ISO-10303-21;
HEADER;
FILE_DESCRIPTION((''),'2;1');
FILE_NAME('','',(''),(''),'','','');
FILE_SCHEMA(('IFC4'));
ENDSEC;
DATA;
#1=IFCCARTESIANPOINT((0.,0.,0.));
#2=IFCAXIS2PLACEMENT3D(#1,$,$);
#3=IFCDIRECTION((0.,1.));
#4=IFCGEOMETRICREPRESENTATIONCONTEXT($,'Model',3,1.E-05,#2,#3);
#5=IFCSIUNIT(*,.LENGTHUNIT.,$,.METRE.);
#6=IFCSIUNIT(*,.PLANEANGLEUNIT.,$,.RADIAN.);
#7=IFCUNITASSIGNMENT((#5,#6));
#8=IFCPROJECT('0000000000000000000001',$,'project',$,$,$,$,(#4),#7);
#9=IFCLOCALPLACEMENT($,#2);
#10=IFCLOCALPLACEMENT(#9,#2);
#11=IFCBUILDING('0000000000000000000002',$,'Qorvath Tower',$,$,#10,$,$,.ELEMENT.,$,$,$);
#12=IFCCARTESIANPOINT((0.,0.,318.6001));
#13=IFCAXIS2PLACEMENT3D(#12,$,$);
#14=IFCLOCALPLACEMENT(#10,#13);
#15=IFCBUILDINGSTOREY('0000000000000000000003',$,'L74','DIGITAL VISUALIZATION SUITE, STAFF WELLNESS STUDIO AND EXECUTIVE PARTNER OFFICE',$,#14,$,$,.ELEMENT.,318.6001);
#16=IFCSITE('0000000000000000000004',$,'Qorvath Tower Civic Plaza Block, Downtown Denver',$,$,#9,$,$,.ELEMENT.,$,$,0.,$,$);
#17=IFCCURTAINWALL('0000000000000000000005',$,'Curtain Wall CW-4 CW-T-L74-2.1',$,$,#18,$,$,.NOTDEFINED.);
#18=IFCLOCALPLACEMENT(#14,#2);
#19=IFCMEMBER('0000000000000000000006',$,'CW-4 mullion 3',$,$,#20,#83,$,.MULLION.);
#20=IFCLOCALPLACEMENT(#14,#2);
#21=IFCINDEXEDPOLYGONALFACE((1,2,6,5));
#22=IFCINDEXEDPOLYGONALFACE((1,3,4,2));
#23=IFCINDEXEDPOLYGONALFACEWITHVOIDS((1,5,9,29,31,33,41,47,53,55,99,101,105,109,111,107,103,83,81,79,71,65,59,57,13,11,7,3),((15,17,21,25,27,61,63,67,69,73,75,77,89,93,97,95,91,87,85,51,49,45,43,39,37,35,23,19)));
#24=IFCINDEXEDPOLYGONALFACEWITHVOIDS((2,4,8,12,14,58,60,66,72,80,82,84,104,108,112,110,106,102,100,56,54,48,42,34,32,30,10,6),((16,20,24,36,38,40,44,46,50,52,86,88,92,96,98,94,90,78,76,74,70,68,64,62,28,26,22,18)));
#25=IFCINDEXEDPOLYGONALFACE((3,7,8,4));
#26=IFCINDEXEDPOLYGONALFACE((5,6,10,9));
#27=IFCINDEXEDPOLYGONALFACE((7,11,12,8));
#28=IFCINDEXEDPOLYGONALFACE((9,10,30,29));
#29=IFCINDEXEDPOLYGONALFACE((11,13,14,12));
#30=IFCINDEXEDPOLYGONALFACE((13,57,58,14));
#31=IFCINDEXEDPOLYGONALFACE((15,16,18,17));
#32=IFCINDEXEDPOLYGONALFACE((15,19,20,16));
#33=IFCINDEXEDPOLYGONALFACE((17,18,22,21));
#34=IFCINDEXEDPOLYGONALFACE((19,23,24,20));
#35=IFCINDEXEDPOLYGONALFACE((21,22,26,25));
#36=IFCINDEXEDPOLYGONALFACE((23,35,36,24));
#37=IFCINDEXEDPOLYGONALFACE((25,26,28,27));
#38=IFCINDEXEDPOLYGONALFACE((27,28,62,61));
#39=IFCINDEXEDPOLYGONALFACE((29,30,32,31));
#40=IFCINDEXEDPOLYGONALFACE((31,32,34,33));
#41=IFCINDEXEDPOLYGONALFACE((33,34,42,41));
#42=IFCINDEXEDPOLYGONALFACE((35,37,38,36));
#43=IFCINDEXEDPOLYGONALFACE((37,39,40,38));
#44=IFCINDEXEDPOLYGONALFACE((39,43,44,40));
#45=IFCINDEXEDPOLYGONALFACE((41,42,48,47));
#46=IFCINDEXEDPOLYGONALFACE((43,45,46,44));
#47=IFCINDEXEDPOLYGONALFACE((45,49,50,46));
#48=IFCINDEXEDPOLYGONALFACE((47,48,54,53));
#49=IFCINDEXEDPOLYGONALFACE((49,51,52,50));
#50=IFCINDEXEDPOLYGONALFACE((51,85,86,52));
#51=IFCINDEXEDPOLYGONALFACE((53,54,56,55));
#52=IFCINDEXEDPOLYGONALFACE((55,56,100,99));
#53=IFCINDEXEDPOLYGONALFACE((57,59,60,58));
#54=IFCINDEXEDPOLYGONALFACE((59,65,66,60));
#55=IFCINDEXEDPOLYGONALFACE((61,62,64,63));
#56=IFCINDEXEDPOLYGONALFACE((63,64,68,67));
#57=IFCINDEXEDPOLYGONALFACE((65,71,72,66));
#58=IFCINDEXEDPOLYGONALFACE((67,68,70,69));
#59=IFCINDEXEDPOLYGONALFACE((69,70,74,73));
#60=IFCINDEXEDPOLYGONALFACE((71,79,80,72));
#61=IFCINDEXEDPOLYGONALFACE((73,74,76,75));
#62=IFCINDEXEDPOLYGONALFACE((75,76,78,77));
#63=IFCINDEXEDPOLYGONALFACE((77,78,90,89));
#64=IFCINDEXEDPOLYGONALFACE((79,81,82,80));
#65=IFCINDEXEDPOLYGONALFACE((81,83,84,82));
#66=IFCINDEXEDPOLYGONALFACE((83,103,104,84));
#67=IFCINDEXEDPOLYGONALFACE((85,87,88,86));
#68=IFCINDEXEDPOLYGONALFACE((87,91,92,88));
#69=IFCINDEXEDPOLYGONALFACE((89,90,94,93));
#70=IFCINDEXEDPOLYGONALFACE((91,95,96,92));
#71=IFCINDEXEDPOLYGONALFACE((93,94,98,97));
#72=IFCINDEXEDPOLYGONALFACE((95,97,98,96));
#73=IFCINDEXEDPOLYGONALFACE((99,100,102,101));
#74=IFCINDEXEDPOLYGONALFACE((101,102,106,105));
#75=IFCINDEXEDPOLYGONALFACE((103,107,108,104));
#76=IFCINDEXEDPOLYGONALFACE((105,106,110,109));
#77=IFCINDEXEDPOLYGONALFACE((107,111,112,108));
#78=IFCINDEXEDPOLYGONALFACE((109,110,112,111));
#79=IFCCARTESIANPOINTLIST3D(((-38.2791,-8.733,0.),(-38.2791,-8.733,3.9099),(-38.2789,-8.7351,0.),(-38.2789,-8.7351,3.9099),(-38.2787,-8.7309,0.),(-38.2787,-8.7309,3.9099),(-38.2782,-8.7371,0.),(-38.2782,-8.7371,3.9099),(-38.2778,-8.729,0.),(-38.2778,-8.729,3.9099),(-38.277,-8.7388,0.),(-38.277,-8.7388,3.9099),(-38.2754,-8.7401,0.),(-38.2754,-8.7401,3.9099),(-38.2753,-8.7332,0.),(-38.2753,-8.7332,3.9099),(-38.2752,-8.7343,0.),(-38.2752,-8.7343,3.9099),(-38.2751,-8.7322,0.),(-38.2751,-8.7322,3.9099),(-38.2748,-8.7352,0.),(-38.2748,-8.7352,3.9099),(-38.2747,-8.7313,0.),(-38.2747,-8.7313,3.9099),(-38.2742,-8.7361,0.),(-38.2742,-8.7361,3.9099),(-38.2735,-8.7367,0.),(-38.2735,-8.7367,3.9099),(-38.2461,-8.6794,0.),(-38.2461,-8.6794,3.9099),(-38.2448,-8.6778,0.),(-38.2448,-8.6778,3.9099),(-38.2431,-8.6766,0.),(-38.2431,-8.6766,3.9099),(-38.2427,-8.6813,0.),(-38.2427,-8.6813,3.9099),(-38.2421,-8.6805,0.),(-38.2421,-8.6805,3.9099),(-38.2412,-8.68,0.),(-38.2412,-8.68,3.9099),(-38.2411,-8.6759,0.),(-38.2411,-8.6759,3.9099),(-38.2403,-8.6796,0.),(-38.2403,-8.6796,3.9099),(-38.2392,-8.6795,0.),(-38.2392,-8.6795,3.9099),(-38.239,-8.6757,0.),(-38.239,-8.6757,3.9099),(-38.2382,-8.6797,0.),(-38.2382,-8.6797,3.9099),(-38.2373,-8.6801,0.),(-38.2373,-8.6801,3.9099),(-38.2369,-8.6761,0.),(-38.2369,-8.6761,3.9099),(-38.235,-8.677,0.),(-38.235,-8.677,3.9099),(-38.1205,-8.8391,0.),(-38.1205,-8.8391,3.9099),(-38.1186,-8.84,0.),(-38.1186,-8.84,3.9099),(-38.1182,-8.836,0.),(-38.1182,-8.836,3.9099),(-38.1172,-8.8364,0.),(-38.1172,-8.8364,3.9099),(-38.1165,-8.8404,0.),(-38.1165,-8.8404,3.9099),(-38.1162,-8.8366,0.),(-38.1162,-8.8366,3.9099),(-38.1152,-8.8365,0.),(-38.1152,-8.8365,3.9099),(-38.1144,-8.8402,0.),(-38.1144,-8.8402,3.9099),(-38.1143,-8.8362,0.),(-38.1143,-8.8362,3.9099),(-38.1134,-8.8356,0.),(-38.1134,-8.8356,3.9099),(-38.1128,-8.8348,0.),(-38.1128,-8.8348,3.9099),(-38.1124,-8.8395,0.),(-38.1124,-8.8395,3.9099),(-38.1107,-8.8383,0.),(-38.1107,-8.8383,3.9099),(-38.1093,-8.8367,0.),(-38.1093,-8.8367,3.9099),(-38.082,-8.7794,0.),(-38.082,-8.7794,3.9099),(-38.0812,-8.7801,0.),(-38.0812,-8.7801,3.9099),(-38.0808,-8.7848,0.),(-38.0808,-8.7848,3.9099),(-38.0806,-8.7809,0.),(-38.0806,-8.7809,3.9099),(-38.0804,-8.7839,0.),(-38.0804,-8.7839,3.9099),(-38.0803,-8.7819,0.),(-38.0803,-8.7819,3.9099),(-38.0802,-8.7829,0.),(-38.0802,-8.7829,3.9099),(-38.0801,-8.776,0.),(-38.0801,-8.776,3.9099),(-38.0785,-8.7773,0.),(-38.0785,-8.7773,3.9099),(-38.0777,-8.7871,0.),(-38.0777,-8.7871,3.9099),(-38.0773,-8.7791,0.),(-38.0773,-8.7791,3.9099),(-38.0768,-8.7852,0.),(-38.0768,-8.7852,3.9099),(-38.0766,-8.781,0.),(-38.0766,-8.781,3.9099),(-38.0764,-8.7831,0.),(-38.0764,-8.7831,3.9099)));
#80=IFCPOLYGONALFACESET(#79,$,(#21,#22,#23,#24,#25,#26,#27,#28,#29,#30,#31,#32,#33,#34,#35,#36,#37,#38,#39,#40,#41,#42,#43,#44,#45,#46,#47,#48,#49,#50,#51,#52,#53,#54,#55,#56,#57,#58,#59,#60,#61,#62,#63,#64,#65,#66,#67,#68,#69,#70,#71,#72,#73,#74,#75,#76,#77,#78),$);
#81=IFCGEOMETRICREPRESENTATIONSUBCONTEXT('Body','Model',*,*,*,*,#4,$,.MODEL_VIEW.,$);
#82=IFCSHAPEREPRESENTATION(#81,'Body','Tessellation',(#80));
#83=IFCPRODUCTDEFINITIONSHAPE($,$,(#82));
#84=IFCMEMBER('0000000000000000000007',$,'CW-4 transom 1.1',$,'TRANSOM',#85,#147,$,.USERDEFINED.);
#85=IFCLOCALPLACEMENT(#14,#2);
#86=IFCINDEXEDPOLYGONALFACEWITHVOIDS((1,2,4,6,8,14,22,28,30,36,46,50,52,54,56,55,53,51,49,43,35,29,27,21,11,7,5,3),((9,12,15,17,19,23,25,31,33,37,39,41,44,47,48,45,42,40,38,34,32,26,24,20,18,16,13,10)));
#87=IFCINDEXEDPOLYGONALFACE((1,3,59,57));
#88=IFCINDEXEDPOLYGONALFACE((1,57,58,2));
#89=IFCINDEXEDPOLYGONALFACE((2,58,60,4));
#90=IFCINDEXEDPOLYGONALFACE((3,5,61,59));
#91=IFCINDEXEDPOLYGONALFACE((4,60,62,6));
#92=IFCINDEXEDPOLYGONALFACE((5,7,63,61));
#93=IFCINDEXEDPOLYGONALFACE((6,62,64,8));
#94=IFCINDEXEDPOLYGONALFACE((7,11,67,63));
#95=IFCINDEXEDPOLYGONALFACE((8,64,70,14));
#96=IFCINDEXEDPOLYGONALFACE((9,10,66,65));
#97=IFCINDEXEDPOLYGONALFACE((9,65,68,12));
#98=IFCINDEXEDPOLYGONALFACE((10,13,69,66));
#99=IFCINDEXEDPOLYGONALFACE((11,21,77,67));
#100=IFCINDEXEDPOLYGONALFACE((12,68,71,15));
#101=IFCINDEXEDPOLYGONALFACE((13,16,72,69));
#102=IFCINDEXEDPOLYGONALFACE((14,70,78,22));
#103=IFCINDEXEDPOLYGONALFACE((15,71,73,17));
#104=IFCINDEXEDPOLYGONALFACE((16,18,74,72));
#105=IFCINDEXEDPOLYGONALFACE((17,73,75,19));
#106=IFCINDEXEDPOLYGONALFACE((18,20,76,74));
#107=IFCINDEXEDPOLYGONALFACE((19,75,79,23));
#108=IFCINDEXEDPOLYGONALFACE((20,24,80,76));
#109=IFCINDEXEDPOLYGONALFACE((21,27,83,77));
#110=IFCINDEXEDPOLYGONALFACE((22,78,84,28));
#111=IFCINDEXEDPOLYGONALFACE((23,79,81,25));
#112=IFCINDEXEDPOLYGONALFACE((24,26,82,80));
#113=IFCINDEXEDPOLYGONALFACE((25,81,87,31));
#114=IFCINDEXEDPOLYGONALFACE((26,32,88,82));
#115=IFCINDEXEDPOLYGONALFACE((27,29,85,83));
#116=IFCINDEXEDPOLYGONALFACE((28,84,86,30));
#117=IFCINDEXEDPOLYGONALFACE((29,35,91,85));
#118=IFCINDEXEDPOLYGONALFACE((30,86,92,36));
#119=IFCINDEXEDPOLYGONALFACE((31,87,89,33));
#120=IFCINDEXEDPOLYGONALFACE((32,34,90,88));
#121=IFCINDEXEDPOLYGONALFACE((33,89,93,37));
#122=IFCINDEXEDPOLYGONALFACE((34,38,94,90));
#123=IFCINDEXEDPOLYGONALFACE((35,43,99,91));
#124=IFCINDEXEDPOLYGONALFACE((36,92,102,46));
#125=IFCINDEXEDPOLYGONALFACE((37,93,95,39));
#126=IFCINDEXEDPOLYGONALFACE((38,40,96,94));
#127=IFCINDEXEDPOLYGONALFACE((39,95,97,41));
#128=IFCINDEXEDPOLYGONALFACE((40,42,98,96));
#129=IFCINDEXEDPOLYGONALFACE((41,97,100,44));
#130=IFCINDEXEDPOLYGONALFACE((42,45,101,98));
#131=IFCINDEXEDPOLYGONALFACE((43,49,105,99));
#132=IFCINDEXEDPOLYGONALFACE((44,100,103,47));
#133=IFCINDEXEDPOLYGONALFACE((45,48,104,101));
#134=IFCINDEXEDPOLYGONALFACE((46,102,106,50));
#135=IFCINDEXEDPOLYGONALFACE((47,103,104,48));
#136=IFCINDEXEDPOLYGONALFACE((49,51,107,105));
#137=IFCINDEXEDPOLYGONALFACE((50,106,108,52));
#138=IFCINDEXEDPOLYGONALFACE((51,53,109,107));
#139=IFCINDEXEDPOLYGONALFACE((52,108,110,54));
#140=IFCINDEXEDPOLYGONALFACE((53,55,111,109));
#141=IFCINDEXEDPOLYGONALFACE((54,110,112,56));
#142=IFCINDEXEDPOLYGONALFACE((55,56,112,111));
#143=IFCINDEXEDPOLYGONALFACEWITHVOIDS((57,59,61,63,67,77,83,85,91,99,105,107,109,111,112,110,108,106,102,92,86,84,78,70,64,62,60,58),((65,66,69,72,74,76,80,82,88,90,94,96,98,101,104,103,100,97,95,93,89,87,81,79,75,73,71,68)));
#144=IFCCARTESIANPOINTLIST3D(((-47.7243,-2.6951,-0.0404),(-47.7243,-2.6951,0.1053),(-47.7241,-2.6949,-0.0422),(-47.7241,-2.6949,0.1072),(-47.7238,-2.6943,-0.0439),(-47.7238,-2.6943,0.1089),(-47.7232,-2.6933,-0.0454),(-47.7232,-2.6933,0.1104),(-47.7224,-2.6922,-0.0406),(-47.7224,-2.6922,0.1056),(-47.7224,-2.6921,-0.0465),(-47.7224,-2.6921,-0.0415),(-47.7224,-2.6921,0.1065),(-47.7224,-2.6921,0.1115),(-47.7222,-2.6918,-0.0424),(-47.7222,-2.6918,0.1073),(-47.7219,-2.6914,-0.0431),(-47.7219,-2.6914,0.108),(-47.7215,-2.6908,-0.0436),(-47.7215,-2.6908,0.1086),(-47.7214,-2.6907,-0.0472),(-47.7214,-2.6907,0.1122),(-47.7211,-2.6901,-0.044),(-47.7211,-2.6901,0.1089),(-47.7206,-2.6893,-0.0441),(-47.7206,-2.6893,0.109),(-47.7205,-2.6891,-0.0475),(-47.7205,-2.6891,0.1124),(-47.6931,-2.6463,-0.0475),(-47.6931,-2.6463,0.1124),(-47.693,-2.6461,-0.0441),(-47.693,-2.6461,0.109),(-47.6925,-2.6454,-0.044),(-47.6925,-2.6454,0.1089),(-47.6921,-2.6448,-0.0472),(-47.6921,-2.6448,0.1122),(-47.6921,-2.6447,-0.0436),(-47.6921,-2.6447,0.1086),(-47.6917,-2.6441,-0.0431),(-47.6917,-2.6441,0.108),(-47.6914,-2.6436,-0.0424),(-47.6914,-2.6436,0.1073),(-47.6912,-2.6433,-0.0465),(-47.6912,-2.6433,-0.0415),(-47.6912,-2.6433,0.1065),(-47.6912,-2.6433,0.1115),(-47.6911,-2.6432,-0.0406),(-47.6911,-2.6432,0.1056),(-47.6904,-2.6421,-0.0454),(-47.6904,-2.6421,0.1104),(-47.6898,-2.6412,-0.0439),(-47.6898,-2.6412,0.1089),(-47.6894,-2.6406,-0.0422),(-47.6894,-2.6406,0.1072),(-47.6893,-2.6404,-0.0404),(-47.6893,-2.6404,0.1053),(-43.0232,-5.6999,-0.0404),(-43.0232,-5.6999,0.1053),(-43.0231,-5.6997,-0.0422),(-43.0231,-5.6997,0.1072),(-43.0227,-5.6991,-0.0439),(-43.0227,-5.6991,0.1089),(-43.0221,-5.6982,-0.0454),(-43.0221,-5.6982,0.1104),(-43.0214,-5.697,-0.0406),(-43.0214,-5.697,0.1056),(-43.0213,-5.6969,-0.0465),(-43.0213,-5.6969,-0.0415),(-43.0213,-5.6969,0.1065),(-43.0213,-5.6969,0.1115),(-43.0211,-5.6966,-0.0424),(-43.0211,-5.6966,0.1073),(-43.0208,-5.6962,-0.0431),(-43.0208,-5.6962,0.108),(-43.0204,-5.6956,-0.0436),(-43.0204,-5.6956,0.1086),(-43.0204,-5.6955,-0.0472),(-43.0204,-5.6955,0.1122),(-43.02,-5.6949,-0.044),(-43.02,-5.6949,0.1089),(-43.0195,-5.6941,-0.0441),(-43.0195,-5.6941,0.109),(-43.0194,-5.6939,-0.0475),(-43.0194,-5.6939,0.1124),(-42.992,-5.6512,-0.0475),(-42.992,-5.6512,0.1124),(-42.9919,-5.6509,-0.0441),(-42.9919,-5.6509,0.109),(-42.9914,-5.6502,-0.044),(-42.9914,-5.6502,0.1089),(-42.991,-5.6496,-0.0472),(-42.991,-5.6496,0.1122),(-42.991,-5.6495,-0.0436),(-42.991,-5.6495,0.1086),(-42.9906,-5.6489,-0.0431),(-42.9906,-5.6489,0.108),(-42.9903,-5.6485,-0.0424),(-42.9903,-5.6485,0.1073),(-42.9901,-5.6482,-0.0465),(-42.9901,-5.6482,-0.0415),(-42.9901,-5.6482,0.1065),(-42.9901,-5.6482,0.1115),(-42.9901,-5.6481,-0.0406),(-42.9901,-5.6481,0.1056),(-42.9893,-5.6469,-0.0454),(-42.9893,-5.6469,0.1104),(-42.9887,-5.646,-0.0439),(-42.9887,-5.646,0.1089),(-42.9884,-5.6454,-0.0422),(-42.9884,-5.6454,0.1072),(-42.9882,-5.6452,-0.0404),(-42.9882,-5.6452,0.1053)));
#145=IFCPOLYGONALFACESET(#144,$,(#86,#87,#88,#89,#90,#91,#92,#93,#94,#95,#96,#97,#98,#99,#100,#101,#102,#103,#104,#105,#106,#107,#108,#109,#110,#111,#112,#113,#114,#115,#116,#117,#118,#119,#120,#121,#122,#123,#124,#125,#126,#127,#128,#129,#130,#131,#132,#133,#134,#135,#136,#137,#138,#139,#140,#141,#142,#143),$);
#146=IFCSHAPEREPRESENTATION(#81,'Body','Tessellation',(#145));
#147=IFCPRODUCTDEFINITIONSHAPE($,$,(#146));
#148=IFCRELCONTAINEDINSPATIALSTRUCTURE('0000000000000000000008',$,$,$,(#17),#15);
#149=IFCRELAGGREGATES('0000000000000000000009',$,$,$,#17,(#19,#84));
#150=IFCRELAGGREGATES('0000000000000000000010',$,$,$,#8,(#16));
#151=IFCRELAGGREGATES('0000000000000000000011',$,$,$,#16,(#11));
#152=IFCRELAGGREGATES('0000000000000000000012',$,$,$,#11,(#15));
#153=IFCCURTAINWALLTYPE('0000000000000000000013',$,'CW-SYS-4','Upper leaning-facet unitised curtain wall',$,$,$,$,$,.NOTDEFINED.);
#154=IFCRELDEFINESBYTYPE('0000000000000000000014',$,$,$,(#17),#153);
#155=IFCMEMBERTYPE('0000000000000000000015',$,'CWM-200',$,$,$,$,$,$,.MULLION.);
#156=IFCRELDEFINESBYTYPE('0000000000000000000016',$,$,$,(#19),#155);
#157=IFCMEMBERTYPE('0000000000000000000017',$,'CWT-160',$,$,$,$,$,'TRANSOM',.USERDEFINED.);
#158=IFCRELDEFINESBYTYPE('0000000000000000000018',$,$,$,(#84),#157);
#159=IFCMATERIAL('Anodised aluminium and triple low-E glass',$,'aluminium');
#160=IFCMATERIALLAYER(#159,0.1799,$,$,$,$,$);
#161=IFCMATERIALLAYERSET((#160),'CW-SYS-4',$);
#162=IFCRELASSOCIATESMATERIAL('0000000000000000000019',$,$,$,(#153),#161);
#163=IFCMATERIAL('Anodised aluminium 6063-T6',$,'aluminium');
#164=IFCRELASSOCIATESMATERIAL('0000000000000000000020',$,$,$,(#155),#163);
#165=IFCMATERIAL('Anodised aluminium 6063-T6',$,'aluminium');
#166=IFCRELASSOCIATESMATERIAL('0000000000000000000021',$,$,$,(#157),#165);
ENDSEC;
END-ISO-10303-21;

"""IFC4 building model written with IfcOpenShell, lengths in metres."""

from ifc_helpers import new_model, si_unit, direction, frame, origin, origin_2d, place, context, subcontext, project, spatial, hollow_rectangle, extrude, material, layer, layer_set, material_profile, profile_set, type_object, element, aggregate, save


model = new_model("IFC4")

# Units and contexts
model_context = context("Model", 3, precision=1e-05, world=origin(), true_north=direction((0.0, 1.0)))
body_context = subcontext(model_context, "Body", "Model", "MODEL_VIEW")
ifc_project = project(units=[si_unit("LENGTHUNIT", "METRE"), si_unit("PLANEANGLEUNIT", "RADIAN")], contexts=[model_context])

# Site, building, storey
site_placement = place(None, origin())
site = spatial("IfcSite", under=ifc_project, at=site_placement, Name="Qorvath Tower Civic Plaza Block, Downtown Denver", CompositionType="ELEMENT", RefElevation=0.0)
building_placement = place(site_placement, origin())
building = spatial("IfcBuilding", under=site, at=building_placement, Name="Qorvath Tower", CompositionType="ELEMENT")
storey_placement = place(building_placement, frame((0.0, 0.0, 318.6001)))
storey = spatial("IfcBuildingStorey", under=building, at=storey_placement, Name="L74", Description="DIGITAL VISUALIZATION SUITE, STAFF WELLNESS STUDIO AND EXECUTIVE PARTNER OFFICE", CompositionType="ELEMENT", Elevation=318.6001)

# Curtain wall, members
ifc_material_1 = material(Name="Anodised aluminium and triple low-E glass", Category="aluminium")
ifc_layer_1 = layer(ifc_material_1, 0.1799)
ifc_layer_set_1 = layer_set([ifc_layer_1], Name="CW-SYS-4")
curtain_wall_type = type_object("IfcCurtainWallType", Name="CW-SYS-4", Description="Upper leaning-facet unitised curtain wall", PredefinedType="NOTDEFINED", material=ifc_layer_set_1)
curtain_wall_placement = place(storey_placement, origin())
curtain_wall = element("IfcCurtainWall", 1, at=curtain_wall_placement, inside=storey, type_object=curtain_wall_type, Name="Curtain Wall CW-4 CW-T-L74-2.1", PredefinedType="NOTDEFINED")
ifc_material_2 = material(Name="Anodised aluminium 6063-T6", Category="aluminium")
ifc_material_profile_1 = material_profile(ifc_material_2, hollow_rectangle(XDim=0.075, YDim=0.2, WallThickness=0.0039, InnerFilletRadius=0.0039, OuterFilletRadius=0.0081, at=origin_2d()), Name="CWM 200x75")
ifc_profile_set_1 = profile_set([ifc_material_profile_1], Name="Anodised aluminium 6063-T6")
member_type_1 = type_object("IfcMemberType", Name="CWM-200", PredefinedType="MULLION", material=ifc_profile_set_1)
member_1_placement = place(storey_placement, frame((-38.1777, -8.7581, 0.0), z_axis=(0.0, 0.0, 1.0), x_axis=(0.538532, 0.842605, 0.0)))
member_1 = element("IfcMember", 2, at=member_1_placement, type_object=member_type_1, Name="CW-4 mullion 3", PredefinedType="MULLION", context=body_context, shape_type="SweptSolid", body=[
    extrude(hollow_rectangle(XDim=0.075, YDim=0.2, WallThickness=0.0039, InnerFilletRadius=0.0039, OuterFilletRadius=0.0081, at=origin_2d()), origin(), (0.0, 0.0, 1.0), 3.9099),
])
ifc_material_3 = material(Name="Anodised aluminium 6063-T6", Category="aluminium")
ifc_material_profile_2 = material_profile(ifc_material_3, hollow_rectangle(XDim=0.0649, YDim=0.1599, WallThickness=0.0034, InnerFilletRadius=0.0034, OuterFilletRadius=0.0071, at=origin_2d()), Name="CWT 160x65")
ifc_profile_set_2 = profile_set([ifc_material_profile_2], Name="Anodised aluminium 6063-T6")
member_type_2 = type_object("IfcMemberType", Name="CWT-160", ElementType="TRANSOM", PredefinedType="USERDEFINED", material=ifc_profile_set_2)
member_2_placement = place(storey_placement, frame((-47.7068, -2.6677, 0.0325), z_axis=(0.842586, -0.538562, 0.0), x_axis=(0.538562, 0.842586, 0.0)))
member_2 = element("IfcMember", 3, at=member_2_placement, type_object=member_type_2, Name="CW-4 transom 1.1", ObjectType="TRANSOM", PredefinedType="USERDEFINED", context=body_context, shape_type="SweptSolid", body=[
    extrude(hollow_rectangle(XDim=0.0649, YDim=0.1599, WallThickness=0.0034, InnerFilletRadius=0.0034, OuterFilletRadius=0.0071, at=origin_2d()), origin(), (0.0, 0.0, 1.0), 5.5793),
])
aggregate(curtain_wall, [member_1, member_2])

save(model, "model.ifc")
